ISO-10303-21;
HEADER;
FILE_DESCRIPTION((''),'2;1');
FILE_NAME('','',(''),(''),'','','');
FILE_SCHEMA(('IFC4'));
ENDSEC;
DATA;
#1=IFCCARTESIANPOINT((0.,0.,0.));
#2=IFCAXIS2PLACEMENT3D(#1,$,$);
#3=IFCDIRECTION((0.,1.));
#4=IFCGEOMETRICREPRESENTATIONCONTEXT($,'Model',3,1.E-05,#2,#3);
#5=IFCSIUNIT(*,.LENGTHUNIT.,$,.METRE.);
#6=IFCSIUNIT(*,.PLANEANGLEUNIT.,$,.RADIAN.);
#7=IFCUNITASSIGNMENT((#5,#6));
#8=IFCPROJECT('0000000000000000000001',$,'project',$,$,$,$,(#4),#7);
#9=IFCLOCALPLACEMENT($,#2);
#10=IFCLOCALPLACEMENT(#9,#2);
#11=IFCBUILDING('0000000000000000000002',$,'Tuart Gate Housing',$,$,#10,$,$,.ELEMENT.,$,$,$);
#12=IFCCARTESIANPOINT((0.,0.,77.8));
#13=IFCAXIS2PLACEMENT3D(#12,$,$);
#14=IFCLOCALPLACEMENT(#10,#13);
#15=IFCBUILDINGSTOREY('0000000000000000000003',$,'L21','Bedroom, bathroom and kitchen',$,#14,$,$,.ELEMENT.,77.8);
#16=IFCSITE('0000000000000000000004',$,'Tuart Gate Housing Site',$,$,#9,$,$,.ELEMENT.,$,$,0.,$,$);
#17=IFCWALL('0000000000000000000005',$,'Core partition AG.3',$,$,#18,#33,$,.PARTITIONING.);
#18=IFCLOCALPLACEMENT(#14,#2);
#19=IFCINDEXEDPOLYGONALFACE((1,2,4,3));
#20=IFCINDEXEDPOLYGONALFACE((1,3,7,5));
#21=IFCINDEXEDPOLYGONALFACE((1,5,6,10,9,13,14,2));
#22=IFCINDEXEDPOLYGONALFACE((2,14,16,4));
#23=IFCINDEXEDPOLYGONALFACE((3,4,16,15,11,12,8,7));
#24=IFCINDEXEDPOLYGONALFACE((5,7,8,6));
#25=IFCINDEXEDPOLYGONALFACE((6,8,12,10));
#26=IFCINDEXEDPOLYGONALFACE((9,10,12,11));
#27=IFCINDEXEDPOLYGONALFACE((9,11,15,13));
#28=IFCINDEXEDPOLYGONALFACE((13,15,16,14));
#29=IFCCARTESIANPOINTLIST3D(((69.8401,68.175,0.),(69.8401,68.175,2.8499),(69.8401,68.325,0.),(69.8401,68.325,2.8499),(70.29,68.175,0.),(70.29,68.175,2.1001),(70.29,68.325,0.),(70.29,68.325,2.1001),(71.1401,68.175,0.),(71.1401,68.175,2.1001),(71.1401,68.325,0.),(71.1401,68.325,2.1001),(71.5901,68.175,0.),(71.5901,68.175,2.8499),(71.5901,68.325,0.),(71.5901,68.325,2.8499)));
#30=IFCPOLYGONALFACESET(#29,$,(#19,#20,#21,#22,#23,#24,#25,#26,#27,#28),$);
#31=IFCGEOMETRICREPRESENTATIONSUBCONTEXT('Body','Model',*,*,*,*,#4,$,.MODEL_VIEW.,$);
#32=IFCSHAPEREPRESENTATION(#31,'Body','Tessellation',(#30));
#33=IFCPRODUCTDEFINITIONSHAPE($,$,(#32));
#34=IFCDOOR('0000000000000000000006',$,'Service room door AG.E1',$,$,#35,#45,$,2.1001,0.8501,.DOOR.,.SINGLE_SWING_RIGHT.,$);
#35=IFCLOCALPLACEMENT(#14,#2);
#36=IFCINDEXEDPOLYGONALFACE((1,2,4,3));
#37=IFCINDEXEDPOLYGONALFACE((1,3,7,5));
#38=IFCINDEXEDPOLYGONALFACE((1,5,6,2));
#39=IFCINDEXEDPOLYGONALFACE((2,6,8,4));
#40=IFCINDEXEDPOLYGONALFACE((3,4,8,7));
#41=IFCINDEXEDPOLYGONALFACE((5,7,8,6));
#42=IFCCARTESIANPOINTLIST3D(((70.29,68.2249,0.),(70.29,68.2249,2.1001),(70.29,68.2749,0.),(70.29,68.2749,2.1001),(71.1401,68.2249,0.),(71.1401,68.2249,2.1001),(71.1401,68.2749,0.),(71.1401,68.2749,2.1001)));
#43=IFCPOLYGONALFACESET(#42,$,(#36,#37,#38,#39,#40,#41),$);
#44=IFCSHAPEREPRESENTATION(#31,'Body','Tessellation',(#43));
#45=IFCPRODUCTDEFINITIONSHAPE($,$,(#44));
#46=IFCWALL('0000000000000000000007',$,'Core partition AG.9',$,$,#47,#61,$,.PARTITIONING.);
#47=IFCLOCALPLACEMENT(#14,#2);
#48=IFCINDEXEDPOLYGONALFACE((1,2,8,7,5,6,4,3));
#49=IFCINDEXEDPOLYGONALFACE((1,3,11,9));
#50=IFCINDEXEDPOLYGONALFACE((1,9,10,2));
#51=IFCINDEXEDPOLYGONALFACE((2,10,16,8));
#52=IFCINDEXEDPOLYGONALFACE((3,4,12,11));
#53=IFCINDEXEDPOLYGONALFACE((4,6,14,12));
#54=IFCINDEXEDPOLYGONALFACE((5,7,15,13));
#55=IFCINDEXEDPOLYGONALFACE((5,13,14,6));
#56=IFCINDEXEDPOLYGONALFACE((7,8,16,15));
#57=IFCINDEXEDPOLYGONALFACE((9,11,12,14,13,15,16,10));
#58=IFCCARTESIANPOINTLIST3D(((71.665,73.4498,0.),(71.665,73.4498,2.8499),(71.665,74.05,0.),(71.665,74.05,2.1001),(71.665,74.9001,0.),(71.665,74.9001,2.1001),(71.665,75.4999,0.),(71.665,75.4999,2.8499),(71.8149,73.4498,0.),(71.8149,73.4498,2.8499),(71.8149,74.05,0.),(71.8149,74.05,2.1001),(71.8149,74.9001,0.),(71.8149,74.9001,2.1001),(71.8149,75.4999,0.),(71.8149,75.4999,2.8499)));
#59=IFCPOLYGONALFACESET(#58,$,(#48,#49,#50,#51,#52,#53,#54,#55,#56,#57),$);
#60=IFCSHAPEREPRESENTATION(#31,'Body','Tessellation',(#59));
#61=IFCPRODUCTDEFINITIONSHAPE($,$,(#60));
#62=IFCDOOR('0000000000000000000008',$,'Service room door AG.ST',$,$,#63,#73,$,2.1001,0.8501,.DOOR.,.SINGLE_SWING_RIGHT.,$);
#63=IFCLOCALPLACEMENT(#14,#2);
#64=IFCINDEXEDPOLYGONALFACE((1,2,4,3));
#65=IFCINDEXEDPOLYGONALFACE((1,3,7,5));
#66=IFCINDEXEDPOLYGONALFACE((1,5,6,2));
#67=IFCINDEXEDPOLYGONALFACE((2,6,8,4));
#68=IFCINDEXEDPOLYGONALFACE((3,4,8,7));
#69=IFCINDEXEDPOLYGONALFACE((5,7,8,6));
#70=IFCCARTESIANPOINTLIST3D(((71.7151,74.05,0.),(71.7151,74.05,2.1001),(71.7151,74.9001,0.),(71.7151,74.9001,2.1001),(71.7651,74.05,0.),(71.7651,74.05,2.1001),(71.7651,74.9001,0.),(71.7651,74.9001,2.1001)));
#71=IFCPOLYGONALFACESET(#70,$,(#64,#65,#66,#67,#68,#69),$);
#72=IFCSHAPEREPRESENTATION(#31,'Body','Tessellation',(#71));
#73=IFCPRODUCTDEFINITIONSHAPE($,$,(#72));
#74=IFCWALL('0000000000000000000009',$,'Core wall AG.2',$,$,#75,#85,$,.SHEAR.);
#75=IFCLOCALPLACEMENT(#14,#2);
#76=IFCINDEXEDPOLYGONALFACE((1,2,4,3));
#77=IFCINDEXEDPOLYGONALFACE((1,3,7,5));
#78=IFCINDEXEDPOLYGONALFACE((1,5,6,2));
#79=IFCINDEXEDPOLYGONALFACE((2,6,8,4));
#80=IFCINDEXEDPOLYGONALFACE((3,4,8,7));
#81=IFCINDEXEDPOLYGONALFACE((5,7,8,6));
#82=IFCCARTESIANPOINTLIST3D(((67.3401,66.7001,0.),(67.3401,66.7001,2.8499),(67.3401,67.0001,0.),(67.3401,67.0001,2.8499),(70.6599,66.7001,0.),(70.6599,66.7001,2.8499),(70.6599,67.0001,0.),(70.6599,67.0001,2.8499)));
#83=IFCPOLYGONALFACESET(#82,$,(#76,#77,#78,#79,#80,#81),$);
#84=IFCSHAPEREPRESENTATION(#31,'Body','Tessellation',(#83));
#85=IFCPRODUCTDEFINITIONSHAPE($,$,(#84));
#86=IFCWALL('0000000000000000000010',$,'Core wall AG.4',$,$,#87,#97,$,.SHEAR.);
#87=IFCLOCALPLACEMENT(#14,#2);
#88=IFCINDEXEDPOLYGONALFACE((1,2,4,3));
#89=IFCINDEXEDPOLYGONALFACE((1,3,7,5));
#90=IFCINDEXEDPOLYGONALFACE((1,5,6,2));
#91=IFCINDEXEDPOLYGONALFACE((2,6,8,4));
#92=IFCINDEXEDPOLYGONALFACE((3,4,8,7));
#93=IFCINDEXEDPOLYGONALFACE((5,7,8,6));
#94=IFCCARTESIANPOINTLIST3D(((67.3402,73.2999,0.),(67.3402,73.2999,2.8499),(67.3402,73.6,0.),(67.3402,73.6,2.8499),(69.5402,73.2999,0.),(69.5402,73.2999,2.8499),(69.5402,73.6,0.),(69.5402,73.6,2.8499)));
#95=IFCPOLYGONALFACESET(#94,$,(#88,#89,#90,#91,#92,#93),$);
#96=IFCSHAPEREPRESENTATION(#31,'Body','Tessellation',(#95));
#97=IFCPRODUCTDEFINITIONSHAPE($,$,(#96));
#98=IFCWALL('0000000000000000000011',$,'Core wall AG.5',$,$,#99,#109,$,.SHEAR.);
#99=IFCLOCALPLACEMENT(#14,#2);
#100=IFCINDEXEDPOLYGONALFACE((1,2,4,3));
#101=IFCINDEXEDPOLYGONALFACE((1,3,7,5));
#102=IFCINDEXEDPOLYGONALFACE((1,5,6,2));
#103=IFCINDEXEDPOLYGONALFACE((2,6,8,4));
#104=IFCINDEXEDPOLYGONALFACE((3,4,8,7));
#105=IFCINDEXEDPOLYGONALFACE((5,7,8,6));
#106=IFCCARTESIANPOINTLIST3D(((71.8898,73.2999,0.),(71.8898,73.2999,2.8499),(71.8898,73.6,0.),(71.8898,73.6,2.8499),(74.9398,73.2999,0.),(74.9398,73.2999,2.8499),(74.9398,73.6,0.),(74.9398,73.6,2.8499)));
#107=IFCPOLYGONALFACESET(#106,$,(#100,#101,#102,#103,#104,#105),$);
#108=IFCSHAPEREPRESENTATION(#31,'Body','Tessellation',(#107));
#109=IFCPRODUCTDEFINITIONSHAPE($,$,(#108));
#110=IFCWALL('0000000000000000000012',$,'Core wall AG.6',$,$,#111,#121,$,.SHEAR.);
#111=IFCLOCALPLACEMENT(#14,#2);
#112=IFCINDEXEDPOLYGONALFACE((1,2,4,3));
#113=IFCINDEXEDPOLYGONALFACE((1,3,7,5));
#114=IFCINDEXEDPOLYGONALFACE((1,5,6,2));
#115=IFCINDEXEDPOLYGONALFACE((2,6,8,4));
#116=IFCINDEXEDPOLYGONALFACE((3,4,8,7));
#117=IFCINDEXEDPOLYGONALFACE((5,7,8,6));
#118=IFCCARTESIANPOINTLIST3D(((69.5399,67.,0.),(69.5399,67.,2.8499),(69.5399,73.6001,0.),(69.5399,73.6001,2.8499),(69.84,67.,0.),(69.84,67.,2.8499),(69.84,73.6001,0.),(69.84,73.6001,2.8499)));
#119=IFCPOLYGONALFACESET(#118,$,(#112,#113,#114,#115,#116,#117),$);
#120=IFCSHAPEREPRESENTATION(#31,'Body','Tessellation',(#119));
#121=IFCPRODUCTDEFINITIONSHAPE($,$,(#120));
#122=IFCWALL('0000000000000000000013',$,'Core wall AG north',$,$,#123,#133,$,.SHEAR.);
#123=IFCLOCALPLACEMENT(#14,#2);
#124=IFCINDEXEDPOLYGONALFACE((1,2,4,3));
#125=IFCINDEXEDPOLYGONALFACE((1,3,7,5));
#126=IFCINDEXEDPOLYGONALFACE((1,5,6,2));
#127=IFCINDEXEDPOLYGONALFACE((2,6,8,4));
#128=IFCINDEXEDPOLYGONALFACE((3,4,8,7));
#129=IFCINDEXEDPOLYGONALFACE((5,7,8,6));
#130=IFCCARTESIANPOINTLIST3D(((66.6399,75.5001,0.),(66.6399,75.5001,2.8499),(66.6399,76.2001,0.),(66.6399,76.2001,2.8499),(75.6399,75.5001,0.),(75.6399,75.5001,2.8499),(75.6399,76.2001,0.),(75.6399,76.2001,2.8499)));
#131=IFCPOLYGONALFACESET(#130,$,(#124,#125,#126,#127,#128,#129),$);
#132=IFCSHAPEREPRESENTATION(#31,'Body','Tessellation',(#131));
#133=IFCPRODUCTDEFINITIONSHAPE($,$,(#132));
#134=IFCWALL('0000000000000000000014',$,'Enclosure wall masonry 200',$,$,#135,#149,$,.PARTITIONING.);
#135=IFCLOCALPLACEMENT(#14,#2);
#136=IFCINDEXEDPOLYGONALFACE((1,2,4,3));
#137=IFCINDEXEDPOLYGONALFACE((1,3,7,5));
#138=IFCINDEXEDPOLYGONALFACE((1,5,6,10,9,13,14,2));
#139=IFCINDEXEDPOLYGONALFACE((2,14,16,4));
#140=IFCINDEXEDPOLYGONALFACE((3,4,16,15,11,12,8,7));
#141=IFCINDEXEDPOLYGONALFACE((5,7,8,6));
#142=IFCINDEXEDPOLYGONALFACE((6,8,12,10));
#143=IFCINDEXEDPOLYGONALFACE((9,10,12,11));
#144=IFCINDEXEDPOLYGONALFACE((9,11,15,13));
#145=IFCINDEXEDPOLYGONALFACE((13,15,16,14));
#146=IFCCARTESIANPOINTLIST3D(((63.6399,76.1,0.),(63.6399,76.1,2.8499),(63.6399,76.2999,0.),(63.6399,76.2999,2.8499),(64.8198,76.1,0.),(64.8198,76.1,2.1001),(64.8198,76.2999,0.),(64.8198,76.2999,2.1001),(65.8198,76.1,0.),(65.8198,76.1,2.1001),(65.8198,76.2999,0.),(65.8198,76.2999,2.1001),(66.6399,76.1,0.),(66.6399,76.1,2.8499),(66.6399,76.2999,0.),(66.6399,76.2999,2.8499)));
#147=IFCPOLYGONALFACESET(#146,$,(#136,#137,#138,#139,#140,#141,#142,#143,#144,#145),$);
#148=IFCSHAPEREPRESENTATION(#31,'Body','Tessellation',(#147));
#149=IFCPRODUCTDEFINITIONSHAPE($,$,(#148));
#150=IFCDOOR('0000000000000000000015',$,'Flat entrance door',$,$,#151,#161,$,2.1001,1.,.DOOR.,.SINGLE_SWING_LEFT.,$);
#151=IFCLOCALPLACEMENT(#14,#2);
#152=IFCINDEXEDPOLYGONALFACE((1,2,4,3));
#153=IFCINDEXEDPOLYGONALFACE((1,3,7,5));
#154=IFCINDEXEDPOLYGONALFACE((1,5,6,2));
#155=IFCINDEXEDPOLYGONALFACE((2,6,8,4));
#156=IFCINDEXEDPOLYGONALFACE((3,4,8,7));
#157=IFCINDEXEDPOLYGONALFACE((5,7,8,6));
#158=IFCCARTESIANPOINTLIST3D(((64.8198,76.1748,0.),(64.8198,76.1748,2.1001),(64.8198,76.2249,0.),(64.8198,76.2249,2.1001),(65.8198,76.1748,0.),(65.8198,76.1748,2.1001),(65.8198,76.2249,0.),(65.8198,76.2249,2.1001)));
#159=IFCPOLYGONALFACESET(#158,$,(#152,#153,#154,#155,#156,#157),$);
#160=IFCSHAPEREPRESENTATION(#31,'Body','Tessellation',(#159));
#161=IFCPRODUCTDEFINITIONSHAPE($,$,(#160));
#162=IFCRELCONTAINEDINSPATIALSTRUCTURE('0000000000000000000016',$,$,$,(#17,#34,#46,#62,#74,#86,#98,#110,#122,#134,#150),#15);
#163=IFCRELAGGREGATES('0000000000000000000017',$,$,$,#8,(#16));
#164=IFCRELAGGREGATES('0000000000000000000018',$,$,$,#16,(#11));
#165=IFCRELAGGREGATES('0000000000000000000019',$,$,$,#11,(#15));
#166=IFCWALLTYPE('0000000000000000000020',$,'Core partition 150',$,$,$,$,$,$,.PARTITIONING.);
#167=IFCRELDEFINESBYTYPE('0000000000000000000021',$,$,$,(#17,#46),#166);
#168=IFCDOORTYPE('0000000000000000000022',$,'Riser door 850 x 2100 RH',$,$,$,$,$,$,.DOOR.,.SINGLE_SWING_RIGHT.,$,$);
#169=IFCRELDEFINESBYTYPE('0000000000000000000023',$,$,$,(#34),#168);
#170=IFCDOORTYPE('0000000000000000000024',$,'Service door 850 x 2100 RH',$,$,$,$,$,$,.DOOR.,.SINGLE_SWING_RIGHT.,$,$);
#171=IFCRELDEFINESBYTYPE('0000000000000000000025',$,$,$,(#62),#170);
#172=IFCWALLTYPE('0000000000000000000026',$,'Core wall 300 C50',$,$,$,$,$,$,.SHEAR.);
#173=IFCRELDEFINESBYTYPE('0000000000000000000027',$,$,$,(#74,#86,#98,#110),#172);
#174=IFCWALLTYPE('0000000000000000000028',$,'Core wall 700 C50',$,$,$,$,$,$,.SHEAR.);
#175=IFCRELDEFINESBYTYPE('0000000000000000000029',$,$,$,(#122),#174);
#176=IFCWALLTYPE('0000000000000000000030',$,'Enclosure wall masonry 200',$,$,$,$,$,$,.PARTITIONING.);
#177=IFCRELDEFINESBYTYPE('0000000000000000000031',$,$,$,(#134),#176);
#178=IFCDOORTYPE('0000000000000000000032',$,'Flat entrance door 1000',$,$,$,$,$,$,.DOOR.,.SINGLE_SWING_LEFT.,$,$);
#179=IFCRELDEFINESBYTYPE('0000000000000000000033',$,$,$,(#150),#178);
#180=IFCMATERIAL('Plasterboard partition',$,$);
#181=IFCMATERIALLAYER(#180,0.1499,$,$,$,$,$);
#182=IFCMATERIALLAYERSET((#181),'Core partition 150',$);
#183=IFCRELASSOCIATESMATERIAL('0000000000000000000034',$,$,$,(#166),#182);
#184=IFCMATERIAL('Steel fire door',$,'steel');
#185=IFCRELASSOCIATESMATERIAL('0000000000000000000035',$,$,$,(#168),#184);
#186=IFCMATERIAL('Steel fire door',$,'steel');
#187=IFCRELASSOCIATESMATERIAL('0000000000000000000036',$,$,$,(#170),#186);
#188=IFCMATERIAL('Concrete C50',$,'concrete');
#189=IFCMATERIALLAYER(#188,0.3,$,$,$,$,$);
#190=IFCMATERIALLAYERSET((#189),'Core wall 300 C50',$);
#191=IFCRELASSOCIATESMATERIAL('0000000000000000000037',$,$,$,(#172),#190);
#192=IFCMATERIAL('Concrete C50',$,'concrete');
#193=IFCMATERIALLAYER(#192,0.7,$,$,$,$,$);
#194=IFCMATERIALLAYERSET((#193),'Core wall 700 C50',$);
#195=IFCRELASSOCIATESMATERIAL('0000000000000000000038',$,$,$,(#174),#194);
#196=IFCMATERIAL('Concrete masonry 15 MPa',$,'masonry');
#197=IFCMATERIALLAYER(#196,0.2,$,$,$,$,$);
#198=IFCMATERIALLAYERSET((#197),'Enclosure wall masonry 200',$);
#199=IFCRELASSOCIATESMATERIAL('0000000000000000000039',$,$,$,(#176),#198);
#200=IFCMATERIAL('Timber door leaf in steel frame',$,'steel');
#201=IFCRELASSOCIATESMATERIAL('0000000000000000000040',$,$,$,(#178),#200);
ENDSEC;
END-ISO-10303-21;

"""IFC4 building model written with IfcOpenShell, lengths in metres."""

from ifc_helpers import new_model, si_unit, direction, frame, frame_2d, origin, place, context, subcontext, project, spatial, rectangle, extrude, material, layer, layer_set, type_object, element, fill, save


model = new_model("IFC4")

# Units and contexts
model_context = context("Model", 3, precision=1e-05, world=origin(), true_north=direction((0.0, 1.0)))
body_context = subcontext(model_context, "Body", "Model", "MODEL_VIEW")
ifc_project = project(units=[si_unit("LENGTHUNIT", "METRE"), si_unit("PLANEANGLEUNIT", "RADIAN")], contexts=[model_context])

# Site, building, storey
site_placement = place(None, origin())
site = spatial("IfcSite", under=ifc_project, at=site_placement, Name="Tuart Gate Housing Site", CompositionType="ELEMENT", RefElevation=0.0)
building_placement = place(site_placement, origin())
building = spatial("IfcBuilding", under=site, at=building_placement, Name="Tuart Gate Housing", CompositionType="ELEMENT")
storey_placement = place(building_placement, frame((0.0, 0.0, 77.8)))
storey = spatial("IfcBuildingStorey", under=building, at=storey_placement, Name="L21", Description="Bedroom, bathroom and kitchen", CompositionType="ELEMENT", Elevation=77.8)

# Walls, openings, doors
ifc_material_1 = material(Name="Plasterboard partition")
ifc_layer_1 = layer(ifc_material_1, 0.1499)
ifc_layer_set_1 = layer_set([ifc_layer_1], Name="Core partition 150")
wall_type_1 = type_object("IfcWallType", Name="Core partition 150", PredefinedType="PARTITIONING", material=ifc_layer_set_1)
wall_1_placement = place(storey_placement, frame((69.8401, 68.25, 0.0), z_axis=(0.0, 0.0, 1.0), x_axis=(1.0, 0.0, 0.0)))
wall_1 = element("IfcWall", 1, at=wall_1_placement, inside=storey, type_object=wall_type_1, Name="Core partition AG.3", PredefinedType="PARTITIONING", context=body_context, shape_type="SweptSolid", body=[
    extrude(rectangle(XDim=1.75, YDim=0.1499, at=frame_2d((0.875, 0.0))), origin(), (0.0, 0.0, 1.0), 2.8499),
])
opening_1_placement = place(wall_1_placement, frame((0.45, 0.0, 0.0)))
opening_1 = element("IfcOpeningElement", 2, at=opening_1_placement, cuts=wall_1, PredefinedType="OPENING", context=body_context, shape_type="SweptSolid", body=[
    extrude(rectangle(XDim=0.8501, YDim=2.1001, at=frame_2d((0.425, 1.05))), frame((0.0, 0.085, 0.0), z_axis=(0.0, -1.0, 0.0), x_axis=(1.0, 0.0, 0.0)), (0.0, 0.0, 1.0), 0.1699),
])
ifc_material_2 = material(Name="Steel fire door", Category="steel")
door_type_1 = type_object("IfcDoorType", Name="Riser door 850 x 2100 RH", OperationType="SINGLE_SWING_RIGHT", PredefinedType="DOOR", material=ifc_material_2)
door_1_placement = place(opening_1_placement, frame((0.8501, 0.0, 0.0), z_axis=(0.0, 0.0, 1.0), x_axis=(-1.0, 0.0, 0.0)))
door_1 = element("IfcDoor", 3, at=door_1_placement, inside=storey, type_object=door_type_1, Name="Service room door AG.E1", OperationType="SINGLE_SWING_RIGHT", OverallHeight=2.1001, OverallWidth=0.8501, PredefinedType="DOOR", context=body_context, shape_type="SweptSolid", body=[
    extrude(rectangle(XDim=0.8501, YDim=2.1001, at=frame_2d((0.425, 1.05))), frame((0.0, 0.0251, 0.0), z_axis=(0.0, -1.0, 0.0), x_axis=(1.0, 0.0, 0.0)), (0.0, 0.0, 1.0), 0.05),
])
fill(opening_1, door_1)
wall_2_placement = place(storey_placement, frame((71.74, 73.45, 0.0), z_axis=(0.0, 0.0, 1.0), x_axis=(0.0, 1.0, 0.0)))
wall_2 = element("IfcWall", 4, at=wall_2_placement, inside=storey, type_object=wall_type_1, Name="Core partition AG.9", PredefinedType="PARTITIONING", context=body_context, shape_type="SweptSolid", body=[
    extrude(rectangle(XDim=2.05, YDim=0.1499, at=frame_2d((1.0249, 0.0))), origin(), (0.0, 0.0, 1.0), 2.8499),
])
opening_2_placement = place(wall_2_placement, frame((0.6001, 0.0, 0.0)))
opening_2 = element("IfcOpeningElement", 5, at=opening_2_placement, cuts=wall_2, PredefinedType="OPENING", context=body_context, shape_type="SweptSolid", body=[
    extrude(rectangle(XDim=0.8501, YDim=2.1001, at=frame_2d((0.425, 1.05))), frame((0.0, 0.085, 0.0), z_axis=(0.0, -1.0, 0.0), x_axis=(1.0, 0.0, 0.0)), (0.0, 0.0, 1.0), 0.1699),
])
ifc_material_3 = material(Name="Steel fire door", Category="steel")
door_type_2 = type_object("IfcDoorType", Name="Service door 850 x 2100 RH", OperationType="SINGLE_SWING_RIGHT", PredefinedType="DOOR", material=ifc_material_3)
door_2_placement = place(opening_2_placement, frame((0.8501, 0.0, 0.0), z_axis=(0.0, 0.0, 1.0), x_axis=(-1.0, 0.0, 0.0)))
door_2 = element("IfcDoor", 6, at=door_2_placement, inside=storey, type_object=door_type_2, Name="Service room door AG.ST", OperationType="SINGLE_SWING_RIGHT", OverallHeight=2.1001, OverallWidth=0.8501, PredefinedType="DOOR", context=body_context, shape_type="SweptSolid", body=[
    extrude(rectangle(XDim=0.8501, YDim=2.1001, at=frame_2d((0.425, 1.05))), frame((0.0, 0.0251, 0.0), z_axis=(0.0, -1.0, 0.0), x_axis=(1.0, 0.0, 0.0)), (0.0, 0.0, 1.0), 0.05),
])
fill(opening_2, door_2)

# Walls
ifc_material_4 = material(Name="Concrete C50", Category="concrete")
ifc_layer_2 = layer(ifc_material_4, 0.3)
ifc_layer_set_2 = layer_set([ifc_layer_2], Name="Core wall 300 C50")
wall_type_2 = type_object("IfcWallType", Name="Core wall 300 C50", PredefinedType="SHEAR", material=ifc_layer_set_2)
wall_3_placement = place(storey_placement, frame((67.3401, 66.8501, 0.0), z_axis=(0.0, 0.0, 1.0), x_axis=(1.0, 0.0, 0.0)))
element("IfcWall", 7, at=wall_3_placement, inside=storey, type_object=wall_type_2, Name="Core wall AG.2", PredefinedType="SHEAR", context=body_context, shape_type="SweptSolid", body=[
    extrude(rectangle(XDim=3.3198, YDim=0.3, at=frame_2d((1.6599, 0.0))), origin(), (0.0, 0.0, 1.0), 2.8499),
])
wall_4_placement = place(storey_placement, frame((67.3401, 73.45, 0.0), z_axis=(0.0, 0.0, 1.0), x_axis=(1.0, 0.0, 0.0)))
element("IfcWall", 8, at=wall_4_placement, inside=storey, type_object=wall_type_2, Name="Core wall AG.4", PredefinedType="SHEAR", context=body_context, shape_type="SweptSolid", body=[
    extrude(rectangle(XDim=2.2, YDim=0.3, at=frame_2d((1.1001, 0.0))), origin(), (0.0, 0.0, 1.0), 2.8499),
])
wall_5_placement = place(storey_placement, frame((71.8899, 73.45, 0.0), z_axis=(0.0, 0.0, 1.0), x_axis=(1.0, 0.0, 0.0)))
element("IfcWall", 9, at=wall_5_placement, inside=storey, type_object=wall_type_2, Name="Core wall AG.5", PredefinedType="SHEAR", context=body_context, shape_type="SweptSolid", body=[
    extrude(rectangle(XDim=3.05, YDim=0.3, at=frame_2d((1.5249, 0.0))), origin(), (0.0, 0.0, 1.0), 2.8499),
])
wall_6_placement = place(storey_placement, frame((69.6899, 67.0, 0.0), z_axis=(0.0, 0.0, 1.0), x_axis=(0.0, 1.0, 0.0)))
element("IfcWall", 10, at=wall_6_placement, inside=storey, type_object=wall_type_2, Name="Core wall AG.6", PredefinedType="SHEAR", context=body_context, shape_type="SweptSolid", body=[
    extrude(rectangle(XDim=6.6001, YDim=0.3, at=frame_2d((3.3, 0.0))), origin(), (0.0, 0.0, 1.0), 2.8499),
])
ifc_material_5 = material(Name="Concrete C50", Category="concrete")
ifc_layer_3 = layer(ifc_material_5, 0.7)
ifc_layer_set_3 = layer_set([ifc_layer_3], Name="Core wall 700 C50")
wall_type_3 = type_object("IfcWallType", Name="Core wall 700 C50", PredefinedType="SHEAR", material=ifc_layer_set_3)
wall_7_placement = place(storey_placement, frame((66.6399, 75.8501, 0.0), z_axis=(0.0, 0.0, 1.0), x_axis=(1.0, 0.0, 0.0)))
element("IfcWall", 11, at=wall_7_placement, inside=storey, type_object=wall_type_3, Name="Core wall AG north", PredefinedType="SHEAR", context=body_context, shape_type="SweptSolid", body=[
    extrude(rectangle(XDim=9.0, YDim=0.7, at=frame_2d((4.5, 0.0))), origin(), (0.0, 0.0, 1.0), 2.8499),
])

# Wall, opening, door
ifc_material_6 = material(Name="Concrete masonry 15 MPa", Category="masonry")
ifc_layer_4 = layer(ifc_material_6, 0.2)
ifc_layer_set_4 = layer_set([ifc_layer_4], Name="Enclosure wall masonry 200")
wall_type_4 = type_object("IfcWallType", Name="Enclosure wall masonry 200", PredefinedType="PARTITIONING", material=ifc_layer_set_4)
wall_8_placement = place(storey_placement, frame((63.6399, 76.2, 0.0), z_axis=(0.0, 0.0, 1.0), x_axis=(1.0, 0.0, 0.0)))
wall_8 = element("IfcWall", 12, at=wall_8_placement, inside=storey, type_object=wall_type_4, Name="Enclosure wall masonry 200", PredefinedType="PARTITIONING", context=body_context, shape_type="SweptSolid", body=[
    extrude(rectangle(XDim=3.0, YDim=0.2, at=frame_2d((1.5, 0.0))), origin(), (0.0, 0.0, 1.0), 2.8499),
])
opening_3_placement = place(wall_8_placement, frame((1.1799, 0.0, 0.0)))
opening_3 = element("IfcOpeningElement", 13, at=opening_3_placement, cuts=wall_8, PredefinedType="OPENING", context=body_context, shape_type="SweptSolid", body=[
    extrude(rectangle(XDim=1.0, YDim=2.1001, at=frame_2d((0.5, 1.05))), frame((0.0, 0.1099, 0.0), z_axis=(0.0, -1.0, 0.0), x_axis=(1.0, 0.0, 0.0)), (0.0, 0.0, 1.0), 0.22),
])
ifc_material_7 = material(Name="Timber door leaf in steel frame", Category="steel")
door_type_3 = type_object("IfcDoorType", Name="Flat entrance door 1000", OperationType="SINGLE_SWING_LEFT", PredefinedType="DOOR", material=ifc_material_7)
door_3_placement = place(opening_3_placement, origin())
door_3 = element("IfcDoor", 14, at=door_3_placement, inside=storey, type_object=door_type_3, Name="Flat entrance door", OperationType="SINGLE_SWING_LEFT", OverallHeight=2.1001, OverallWidth=1.0, PredefinedType="DOOR", context=body_context, shape_type="SweptSolid", body=[
    extrude(rectangle(XDim=1.0, YDim=2.1001, at=frame_2d((0.5, 1.05))), frame((0.0, 0.0249, 0.0), z_axis=(0.0, -1.0, 0.0), x_axis=(1.0, 0.0, 0.0)), (0.0, 0.0, 1.0), 0.05),
])
fill(opening_3, door_3)

save(model, "model.ifc")
